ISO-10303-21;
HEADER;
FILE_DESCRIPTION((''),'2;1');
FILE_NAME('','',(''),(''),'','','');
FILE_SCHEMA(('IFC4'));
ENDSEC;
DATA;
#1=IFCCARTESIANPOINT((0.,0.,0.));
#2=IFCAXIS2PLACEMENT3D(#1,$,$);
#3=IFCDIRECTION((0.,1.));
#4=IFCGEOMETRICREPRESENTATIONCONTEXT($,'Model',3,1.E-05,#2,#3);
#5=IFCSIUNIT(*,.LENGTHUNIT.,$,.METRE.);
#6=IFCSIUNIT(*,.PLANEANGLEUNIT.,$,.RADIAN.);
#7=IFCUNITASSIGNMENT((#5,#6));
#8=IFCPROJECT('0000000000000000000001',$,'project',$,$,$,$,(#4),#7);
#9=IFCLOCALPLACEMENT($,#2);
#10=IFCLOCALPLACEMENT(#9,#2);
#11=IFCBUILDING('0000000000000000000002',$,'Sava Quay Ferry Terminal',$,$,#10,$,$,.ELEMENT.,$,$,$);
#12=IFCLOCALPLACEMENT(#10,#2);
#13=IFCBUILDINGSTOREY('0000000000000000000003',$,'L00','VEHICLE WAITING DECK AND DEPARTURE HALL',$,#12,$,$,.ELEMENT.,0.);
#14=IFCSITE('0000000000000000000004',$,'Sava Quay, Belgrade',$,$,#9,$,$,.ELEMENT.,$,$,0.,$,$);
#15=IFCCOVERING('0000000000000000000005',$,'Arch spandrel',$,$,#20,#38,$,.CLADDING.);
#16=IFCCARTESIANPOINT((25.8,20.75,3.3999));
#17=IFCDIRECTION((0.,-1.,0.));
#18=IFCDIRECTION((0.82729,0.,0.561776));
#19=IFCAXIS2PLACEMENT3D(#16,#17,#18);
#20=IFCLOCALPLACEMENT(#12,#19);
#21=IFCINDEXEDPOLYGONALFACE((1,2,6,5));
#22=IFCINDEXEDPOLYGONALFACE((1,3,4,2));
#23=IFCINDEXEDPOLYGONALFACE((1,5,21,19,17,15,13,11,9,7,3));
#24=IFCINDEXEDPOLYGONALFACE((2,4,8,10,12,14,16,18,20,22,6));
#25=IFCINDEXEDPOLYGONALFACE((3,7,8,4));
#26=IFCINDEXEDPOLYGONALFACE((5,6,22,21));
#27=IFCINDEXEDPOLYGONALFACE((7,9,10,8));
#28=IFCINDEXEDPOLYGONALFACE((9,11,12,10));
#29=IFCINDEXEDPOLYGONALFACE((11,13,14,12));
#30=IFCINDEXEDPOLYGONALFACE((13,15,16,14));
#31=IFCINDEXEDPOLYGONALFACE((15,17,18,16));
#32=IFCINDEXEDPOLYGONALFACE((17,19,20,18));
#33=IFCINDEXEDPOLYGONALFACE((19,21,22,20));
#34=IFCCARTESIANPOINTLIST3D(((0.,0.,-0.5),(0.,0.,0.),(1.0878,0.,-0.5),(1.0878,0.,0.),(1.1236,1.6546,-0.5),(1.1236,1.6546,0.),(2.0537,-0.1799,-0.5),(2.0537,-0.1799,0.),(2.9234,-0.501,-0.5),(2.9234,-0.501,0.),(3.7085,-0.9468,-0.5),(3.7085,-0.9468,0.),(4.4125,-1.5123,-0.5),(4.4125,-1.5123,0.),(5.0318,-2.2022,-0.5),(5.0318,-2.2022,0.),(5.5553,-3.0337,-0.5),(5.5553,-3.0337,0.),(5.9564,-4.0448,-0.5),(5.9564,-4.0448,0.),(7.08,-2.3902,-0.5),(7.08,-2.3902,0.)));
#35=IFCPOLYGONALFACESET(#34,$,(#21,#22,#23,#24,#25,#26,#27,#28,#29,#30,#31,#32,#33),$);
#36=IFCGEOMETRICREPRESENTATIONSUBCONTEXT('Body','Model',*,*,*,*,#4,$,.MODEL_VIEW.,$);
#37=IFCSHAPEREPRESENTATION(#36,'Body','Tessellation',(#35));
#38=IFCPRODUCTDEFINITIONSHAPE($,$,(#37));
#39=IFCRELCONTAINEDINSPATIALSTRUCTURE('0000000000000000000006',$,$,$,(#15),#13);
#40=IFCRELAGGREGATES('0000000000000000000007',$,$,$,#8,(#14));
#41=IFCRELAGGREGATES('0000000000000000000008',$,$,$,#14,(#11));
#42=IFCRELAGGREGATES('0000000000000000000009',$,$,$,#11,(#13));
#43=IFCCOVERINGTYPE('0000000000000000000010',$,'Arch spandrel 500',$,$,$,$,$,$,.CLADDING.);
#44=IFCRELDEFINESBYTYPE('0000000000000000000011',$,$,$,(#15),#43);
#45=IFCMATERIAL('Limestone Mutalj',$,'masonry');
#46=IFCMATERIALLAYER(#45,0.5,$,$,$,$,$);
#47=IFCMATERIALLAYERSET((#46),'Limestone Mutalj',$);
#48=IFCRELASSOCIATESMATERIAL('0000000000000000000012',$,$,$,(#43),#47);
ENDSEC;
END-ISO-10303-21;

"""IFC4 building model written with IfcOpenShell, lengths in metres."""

from ifc_helpers import new_model, si_unit, direction, frame, origin, place, context, subcontext, project, spatial, polyline, outline, extrude, material, layer, layer_set, type_object, element, save


model = new_model("IFC4")

# Units and contexts
model_context = context("Model", 3, precision=1e-05, world=origin(), true_north=direction((0.0, 1.0)))
body_context = subcontext(model_context, "Body", "Model", "MODEL_VIEW")
ifc_project = project(units=[si_unit("LENGTHUNIT", "METRE"), si_unit("PLANEANGLEUNIT", "RADIAN")], contexts=[model_context])

# Site, building, storey
site_placement = place(None, origin())
site = spatial("IfcSite", under=ifc_project, at=site_placement, Name="Sava Quay, Belgrade", CompositionType="ELEMENT", RefElevation=0.0)
building_placement = place(site_placement, origin())
building = spatial("IfcBuilding", under=site, at=building_placement, Name="Sava Quay Ferry Terminal", CompositionType="ELEMENT")
storey_placement = place(building_placement, origin())
storey = spatial("IfcBuildingStorey", under=building, at=storey_placement, Name="L00", Description="VEHICLE WAITING DECK AND DEPARTURE HALL", CompositionType="ELEMENT", Elevation=0.0)

# Covering
ifc_material_1 = material(Name="Limestone Mutalj", Category="masonry")
ifc_layer_1 = layer(ifc_material_1, 0.5)
ifc_layer_set_1 = layer_set([ifc_layer_1], Name="Limestone Mutalj")
covering_type_1 = type_object("IfcCoveringType", Name="Arch spandrel 500", PredefinedType="CLADDING", material=ifc_layer_set_1)
covering_1_placement = place(storey_placement, frame((25.8, 20.75, 3.3999), z_axis=(0.0, -1.0, 0.0), x_axis=(0.82729, 0.0, 0.561776)))
element("IfcCovering", 1, at=covering_1_placement, inside=storey, type_object=covering_type_1, Name="Arch spandrel", PredefinedType="CLADDING", context=body_context, shape_type="SweptSolid", body=[
    extrude(outline(polyline([(0.0, 0.0), (1.0878, 0.0), (2.0537, -0.1799), (2.9234, -0.501), (3.7085, -0.9468), (4.4125, -1.5123), (5.0318, -2.2022), (5.5553, -3.0337), (5.9564, -4.0448), (7.08, -2.3902), (1.1236, 1.6546), (0.0, 0.0)])), origin(), (0.0, 0.0, -1.0), 0.5),
])

save(model, "model.ifc")
